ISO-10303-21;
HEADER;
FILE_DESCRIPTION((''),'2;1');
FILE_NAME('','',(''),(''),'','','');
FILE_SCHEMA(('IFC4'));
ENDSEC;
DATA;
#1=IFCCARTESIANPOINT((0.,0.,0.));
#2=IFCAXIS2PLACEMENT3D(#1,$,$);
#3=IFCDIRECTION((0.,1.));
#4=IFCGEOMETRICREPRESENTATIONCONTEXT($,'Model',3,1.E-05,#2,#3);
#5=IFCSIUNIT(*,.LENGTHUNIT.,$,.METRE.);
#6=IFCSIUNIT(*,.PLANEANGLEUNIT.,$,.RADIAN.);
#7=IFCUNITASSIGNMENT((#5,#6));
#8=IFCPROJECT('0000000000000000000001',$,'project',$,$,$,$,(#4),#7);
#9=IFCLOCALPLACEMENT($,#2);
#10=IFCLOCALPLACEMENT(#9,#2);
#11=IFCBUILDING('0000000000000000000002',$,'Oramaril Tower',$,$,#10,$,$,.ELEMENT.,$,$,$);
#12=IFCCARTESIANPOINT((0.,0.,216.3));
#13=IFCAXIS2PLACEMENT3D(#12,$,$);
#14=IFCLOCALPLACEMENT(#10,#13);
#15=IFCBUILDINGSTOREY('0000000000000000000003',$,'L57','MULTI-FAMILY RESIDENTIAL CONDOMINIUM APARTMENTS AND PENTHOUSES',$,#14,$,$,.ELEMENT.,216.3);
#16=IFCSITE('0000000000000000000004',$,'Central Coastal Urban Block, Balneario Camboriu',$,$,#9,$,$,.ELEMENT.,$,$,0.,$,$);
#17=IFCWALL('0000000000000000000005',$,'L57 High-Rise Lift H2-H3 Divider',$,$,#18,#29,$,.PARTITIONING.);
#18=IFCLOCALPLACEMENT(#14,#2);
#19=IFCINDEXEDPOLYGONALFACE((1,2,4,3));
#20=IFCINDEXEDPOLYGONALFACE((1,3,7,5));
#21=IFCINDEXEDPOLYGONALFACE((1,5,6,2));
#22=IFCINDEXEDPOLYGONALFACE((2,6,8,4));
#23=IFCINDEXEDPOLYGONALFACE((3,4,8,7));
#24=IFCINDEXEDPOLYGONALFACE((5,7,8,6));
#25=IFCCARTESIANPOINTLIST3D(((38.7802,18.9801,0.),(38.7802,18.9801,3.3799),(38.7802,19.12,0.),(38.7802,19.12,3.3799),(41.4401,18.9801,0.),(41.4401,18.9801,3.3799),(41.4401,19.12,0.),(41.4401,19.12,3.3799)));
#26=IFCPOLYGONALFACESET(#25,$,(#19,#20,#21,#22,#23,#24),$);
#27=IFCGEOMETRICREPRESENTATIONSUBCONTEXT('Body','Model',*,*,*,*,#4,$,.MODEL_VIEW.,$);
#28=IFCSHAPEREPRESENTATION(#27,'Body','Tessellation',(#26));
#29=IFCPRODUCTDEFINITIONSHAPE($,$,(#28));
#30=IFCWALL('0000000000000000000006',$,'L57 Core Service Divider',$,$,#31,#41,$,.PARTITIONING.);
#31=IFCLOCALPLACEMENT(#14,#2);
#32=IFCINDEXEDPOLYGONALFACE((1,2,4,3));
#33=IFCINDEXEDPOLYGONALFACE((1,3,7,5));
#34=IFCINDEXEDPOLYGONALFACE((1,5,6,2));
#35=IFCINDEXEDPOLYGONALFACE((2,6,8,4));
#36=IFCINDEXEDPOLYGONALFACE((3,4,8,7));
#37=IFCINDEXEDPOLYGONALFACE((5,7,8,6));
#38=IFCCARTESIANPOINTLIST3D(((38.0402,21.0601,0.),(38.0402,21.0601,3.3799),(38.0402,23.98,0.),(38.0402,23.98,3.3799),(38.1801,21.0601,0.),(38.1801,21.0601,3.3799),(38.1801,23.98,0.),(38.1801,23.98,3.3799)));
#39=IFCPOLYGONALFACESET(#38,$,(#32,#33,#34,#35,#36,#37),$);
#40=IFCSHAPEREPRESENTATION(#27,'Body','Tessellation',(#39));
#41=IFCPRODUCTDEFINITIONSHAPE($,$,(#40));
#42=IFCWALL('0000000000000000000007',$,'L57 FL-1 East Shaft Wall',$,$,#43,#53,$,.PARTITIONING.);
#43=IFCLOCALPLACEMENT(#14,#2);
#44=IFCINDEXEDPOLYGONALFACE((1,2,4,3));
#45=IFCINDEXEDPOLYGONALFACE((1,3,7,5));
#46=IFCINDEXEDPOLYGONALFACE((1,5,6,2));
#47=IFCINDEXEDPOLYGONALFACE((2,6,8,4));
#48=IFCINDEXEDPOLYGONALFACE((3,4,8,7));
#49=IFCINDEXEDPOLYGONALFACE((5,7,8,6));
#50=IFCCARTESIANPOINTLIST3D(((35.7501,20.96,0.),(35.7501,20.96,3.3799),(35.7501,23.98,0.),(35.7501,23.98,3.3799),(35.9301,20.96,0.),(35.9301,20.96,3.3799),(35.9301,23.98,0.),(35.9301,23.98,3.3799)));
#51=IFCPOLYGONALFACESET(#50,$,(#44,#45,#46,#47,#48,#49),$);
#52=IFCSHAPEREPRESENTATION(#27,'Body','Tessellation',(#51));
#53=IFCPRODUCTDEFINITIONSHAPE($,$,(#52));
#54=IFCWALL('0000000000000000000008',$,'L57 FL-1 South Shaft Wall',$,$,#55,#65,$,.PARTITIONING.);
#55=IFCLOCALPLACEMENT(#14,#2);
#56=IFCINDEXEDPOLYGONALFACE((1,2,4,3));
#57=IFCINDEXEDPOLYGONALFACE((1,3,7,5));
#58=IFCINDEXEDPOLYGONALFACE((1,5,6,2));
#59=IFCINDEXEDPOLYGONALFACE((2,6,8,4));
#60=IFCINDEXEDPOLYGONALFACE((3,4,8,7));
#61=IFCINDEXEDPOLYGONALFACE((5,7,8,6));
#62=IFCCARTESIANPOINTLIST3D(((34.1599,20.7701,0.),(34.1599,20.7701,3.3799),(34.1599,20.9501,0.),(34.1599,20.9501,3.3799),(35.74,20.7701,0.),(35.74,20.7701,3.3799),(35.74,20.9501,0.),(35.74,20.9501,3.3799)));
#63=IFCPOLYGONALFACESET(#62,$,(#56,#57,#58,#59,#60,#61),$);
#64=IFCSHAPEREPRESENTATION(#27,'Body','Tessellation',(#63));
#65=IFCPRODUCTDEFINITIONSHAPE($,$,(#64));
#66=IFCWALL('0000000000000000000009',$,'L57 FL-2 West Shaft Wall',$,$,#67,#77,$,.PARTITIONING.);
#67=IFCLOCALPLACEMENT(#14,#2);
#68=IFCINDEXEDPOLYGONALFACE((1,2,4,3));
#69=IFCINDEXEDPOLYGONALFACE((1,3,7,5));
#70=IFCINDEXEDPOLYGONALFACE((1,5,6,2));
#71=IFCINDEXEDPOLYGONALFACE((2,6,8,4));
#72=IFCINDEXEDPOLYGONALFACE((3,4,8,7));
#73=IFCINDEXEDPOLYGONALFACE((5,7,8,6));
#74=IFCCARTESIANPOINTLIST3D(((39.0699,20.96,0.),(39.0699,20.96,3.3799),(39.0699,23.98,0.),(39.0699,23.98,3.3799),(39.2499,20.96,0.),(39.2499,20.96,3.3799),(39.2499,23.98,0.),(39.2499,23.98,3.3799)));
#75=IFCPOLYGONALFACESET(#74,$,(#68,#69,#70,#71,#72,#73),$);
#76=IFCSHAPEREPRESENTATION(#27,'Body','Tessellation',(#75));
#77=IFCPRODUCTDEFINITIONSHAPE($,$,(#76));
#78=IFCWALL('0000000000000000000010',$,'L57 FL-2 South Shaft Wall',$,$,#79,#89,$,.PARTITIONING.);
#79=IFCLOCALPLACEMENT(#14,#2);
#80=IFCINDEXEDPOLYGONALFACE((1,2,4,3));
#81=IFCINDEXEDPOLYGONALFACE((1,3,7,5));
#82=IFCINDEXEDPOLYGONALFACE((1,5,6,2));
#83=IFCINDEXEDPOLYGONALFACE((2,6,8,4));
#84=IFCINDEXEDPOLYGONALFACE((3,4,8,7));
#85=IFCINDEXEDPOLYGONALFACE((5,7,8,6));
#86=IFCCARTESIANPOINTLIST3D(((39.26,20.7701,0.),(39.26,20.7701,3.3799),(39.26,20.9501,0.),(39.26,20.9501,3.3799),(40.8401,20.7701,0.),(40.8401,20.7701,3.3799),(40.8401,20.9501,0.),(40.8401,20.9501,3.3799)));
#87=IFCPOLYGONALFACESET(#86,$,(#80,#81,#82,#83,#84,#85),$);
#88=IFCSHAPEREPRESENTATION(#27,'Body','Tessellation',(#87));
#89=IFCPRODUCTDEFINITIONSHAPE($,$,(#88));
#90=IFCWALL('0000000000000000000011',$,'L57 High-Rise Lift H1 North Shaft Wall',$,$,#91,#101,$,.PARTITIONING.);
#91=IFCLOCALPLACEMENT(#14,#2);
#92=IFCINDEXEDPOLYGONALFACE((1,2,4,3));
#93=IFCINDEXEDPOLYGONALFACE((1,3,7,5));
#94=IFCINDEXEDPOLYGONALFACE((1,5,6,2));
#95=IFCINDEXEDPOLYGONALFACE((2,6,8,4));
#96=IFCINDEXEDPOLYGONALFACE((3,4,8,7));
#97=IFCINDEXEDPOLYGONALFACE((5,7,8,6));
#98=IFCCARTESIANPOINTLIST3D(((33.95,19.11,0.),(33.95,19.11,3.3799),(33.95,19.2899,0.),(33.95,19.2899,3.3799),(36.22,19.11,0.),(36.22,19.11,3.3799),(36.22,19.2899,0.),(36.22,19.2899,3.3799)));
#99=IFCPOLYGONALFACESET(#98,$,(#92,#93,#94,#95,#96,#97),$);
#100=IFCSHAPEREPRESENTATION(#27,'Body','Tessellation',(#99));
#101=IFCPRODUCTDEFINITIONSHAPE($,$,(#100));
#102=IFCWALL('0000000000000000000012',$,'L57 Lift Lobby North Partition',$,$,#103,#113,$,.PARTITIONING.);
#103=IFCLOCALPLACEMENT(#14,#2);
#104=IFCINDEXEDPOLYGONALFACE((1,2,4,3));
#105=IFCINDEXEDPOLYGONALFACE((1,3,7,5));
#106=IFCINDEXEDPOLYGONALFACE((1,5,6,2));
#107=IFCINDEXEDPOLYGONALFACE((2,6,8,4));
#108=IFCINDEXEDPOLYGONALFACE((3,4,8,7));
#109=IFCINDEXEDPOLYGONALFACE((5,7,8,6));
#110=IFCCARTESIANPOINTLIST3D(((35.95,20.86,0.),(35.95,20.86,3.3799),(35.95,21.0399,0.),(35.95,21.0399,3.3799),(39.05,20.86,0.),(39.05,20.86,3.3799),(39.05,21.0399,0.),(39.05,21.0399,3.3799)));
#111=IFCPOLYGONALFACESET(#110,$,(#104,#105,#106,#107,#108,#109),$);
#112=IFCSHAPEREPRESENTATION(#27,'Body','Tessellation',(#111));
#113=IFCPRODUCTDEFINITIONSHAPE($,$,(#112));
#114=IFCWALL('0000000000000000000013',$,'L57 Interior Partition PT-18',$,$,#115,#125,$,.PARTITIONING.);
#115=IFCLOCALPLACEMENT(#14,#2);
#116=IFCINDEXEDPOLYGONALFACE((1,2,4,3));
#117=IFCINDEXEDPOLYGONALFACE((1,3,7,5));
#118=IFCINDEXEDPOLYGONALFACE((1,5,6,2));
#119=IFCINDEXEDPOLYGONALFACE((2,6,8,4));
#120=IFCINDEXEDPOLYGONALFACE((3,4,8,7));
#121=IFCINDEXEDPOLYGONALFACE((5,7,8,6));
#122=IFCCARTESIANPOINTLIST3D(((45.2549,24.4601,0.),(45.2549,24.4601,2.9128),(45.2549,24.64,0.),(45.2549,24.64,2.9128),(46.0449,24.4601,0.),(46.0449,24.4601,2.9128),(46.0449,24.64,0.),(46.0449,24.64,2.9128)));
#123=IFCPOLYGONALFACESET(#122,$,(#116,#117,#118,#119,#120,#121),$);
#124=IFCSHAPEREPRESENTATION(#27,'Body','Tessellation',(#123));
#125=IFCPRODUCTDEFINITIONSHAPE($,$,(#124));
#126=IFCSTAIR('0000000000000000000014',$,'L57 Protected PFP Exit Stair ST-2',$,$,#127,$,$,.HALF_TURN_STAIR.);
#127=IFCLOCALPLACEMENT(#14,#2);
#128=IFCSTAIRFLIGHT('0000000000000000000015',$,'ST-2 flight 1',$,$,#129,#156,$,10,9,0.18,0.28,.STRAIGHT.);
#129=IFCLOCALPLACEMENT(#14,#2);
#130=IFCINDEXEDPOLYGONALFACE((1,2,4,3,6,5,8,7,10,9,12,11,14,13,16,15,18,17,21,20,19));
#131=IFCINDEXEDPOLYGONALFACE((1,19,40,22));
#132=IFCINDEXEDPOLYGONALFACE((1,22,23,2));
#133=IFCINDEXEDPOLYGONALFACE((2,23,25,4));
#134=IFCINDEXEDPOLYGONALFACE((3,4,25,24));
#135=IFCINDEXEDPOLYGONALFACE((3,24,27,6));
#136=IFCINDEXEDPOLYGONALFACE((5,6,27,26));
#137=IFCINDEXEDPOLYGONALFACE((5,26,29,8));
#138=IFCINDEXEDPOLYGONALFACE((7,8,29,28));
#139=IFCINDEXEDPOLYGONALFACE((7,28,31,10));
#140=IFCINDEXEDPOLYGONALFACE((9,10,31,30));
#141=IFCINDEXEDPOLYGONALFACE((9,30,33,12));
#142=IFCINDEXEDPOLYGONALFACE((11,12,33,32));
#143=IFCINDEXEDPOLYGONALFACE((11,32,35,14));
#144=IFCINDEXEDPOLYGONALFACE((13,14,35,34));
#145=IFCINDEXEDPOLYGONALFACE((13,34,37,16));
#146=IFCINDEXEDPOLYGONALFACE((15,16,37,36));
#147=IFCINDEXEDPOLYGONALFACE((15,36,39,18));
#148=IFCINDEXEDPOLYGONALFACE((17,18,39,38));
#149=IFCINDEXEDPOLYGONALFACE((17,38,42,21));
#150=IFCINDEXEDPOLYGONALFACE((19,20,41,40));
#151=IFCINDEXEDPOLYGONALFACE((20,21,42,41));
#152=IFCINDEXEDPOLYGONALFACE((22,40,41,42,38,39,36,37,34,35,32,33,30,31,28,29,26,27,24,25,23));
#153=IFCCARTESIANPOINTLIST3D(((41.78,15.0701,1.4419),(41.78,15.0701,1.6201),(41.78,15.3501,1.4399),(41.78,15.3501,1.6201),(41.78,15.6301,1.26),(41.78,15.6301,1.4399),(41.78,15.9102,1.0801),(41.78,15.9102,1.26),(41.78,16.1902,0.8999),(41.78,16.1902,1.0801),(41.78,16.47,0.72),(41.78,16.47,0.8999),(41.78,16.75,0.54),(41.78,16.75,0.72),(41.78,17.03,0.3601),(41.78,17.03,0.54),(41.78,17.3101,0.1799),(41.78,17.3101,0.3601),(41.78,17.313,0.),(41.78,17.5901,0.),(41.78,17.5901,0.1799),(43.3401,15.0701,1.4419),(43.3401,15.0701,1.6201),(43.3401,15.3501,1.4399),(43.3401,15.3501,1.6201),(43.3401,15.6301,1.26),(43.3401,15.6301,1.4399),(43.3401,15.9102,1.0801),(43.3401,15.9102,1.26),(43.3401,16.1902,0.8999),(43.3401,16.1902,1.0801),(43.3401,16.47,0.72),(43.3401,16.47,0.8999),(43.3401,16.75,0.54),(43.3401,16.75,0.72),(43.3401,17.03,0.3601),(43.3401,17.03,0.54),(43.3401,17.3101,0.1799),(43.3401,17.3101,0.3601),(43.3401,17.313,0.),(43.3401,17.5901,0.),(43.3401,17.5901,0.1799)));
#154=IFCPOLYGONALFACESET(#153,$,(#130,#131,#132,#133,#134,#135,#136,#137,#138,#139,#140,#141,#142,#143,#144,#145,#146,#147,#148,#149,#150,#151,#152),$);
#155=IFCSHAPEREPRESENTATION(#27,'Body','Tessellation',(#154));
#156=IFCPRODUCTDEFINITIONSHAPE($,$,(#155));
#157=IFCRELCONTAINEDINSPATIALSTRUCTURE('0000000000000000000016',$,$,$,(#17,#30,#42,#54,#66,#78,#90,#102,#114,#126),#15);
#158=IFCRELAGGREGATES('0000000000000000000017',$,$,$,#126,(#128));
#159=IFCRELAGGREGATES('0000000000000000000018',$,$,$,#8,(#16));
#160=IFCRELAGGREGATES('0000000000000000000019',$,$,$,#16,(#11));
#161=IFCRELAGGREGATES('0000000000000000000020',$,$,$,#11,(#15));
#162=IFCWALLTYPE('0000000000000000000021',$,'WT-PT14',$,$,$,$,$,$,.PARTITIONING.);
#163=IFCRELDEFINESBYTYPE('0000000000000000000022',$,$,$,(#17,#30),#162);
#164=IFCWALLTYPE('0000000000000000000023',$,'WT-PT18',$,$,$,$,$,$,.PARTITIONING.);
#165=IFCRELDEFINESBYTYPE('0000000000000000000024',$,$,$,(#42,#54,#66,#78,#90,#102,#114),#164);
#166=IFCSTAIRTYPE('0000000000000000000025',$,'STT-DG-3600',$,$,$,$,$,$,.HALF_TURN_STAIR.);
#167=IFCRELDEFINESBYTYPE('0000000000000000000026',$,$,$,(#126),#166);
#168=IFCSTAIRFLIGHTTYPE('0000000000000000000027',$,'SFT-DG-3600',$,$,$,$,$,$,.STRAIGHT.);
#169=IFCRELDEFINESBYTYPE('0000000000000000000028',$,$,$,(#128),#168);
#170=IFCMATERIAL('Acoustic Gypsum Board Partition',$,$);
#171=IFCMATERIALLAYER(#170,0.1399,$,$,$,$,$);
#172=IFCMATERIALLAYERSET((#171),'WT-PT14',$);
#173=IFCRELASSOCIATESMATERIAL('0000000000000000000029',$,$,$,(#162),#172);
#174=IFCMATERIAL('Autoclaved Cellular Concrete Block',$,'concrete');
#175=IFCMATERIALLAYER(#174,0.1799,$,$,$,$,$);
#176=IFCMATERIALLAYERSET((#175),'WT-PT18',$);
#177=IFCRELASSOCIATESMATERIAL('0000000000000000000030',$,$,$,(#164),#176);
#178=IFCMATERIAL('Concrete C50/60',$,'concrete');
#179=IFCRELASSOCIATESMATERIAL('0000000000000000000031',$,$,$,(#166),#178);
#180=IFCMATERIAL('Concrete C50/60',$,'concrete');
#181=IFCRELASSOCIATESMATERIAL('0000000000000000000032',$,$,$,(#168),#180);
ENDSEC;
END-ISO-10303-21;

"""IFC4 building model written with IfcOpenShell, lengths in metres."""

from ifc_helpers import new_model, si_unit, direction, frame, frame_2d, origin, place, context, subcontext, project, spatial, polyline, rectangle, outline, extrude, material, layer, layer_set, type_object, element, aggregate, save


model = new_model("IFC4")

# Units and contexts
model_context = context("Model", 3, precision=1e-05, world=origin(), true_north=direction((0.0, 1.0)))
body_context = subcontext(model_context, "Body", "Model", "MODEL_VIEW")
ifc_project = project(units=[si_unit("LENGTHUNIT", "METRE"), si_unit("PLANEANGLEUNIT", "RADIAN")], contexts=[model_context])

# Site, building, storey
site_placement = place(None, origin())
site = spatial("IfcSite", under=ifc_project, at=site_placement, Name="Central Coastal Urban Block, Balneario Camboriu", CompositionType="ELEMENT", RefElevation=0.0)
building_placement = place(site_placement, origin())
building = spatial("IfcBuilding", under=site, at=building_placement, Name="Oramaril Tower", CompositionType="ELEMENT")
storey_placement = place(building_placement, frame((0.0, 0.0, 216.3)))
storey = spatial("IfcBuildingStorey", under=building, at=storey_placement, Name="L57", Description="MULTI-FAMILY RESIDENTIAL CONDOMINIUM APARTMENTS AND PENTHOUSES", CompositionType="ELEMENT", Elevation=216.3)

# Walls
ifc_material_1 = material(Name="Acoustic Gypsum Board Partition")
ifc_layer_1 = layer(ifc_material_1, 0.1399)
ifc_layer_set_1 = layer_set([ifc_layer_1], Name="WT-PT14")
wall_type_1 = type_object("IfcWallType", Name="WT-PT14", PredefinedType="PARTITIONING", material=ifc_layer_set_1)
wall_1_placement = place(storey_placement, frame((38.78, 19.05, 0.0), z_axis=(0.0, 0.0, 1.0), x_axis=(1.0, 0.0, 0.0)))
element("IfcWall", 1, at=wall_1_placement, inside=storey, type_object=wall_type_1, Name="L57 High-Rise Lift H2-H3 Divider", PredefinedType="PARTITIONING", context=body_context, shape_type="SweptSolid", body=[
    extrude(rectangle(XDim=2.6599, YDim=0.1399, at=frame_2d((1.3301, 0.0))), origin(), (0.0, 0.0, 1.0), 3.3799),
])
wall_2_placement = place(storey_placement, frame((38.1101, 21.0601, 0.0), z_axis=(0.0, 0.0, 1.0), x_axis=(0.0, 1.0, 0.0)))
element("IfcWall", 2, at=wall_2_placement, inside=storey, type_object=wall_type_1, Name="L57 Core Service Divider", PredefinedType="PARTITIONING", context=body_context, shape_type="SweptSolid", body=[
    extrude(rectangle(XDim=2.9199, YDim=0.1399, at=frame_2d((1.46, 0.0))), origin(), (0.0, 0.0, 1.0), 3.3799),
])
ifc_material_2 = material(Name="Autoclaved Cellular Concrete Block", Category="concrete")
ifc_layer_2 = layer(ifc_material_2, 0.1799)
ifc_layer_set_2 = layer_set([ifc_layer_2], Name="WT-PT18")
wall_type_2 = type_object("IfcWallType", Name="WT-PT18", PredefinedType="PARTITIONING", material=ifc_layer_set_2)
wall_3_placement = place(storey_placement, frame((35.8401, 20.96, 0.0), z_axis=(0.0, 0.0, 1.0), x_axis=(0.0, 1.0, 0.0)))
element("IfcWall", 3, at=wall_3_placement, inside=storey, type_object=wall_type_2, Name="L57 FL-1 East Shaft Wall", PredefinedType="PARTITIONING", context=body_context, shape_type="SweptSolid", body=[
    extrude(rectangle(XDim=3.02, YDim=0.1799, at=frame_2d((1.51, 0.0))), origin(), (0.0, 0.0, 1.0), 3.3799),
])
wall_4_placement = place(storey_placement, frame((34.1599, 20.8601, 0.0), z_axis=(0.0, 0.0, 1.0), x_axis=(1.0, 0.0, 0.0)))
element("IfcWall", 4, at=wall_4_placement, inside=storey, type_object=wall_type_2, Name="L57 FL-1 South Shaft Wall", PredefinedType="PARTITIONING", context=body_context, shape_type="SweptSolid", body=[
    extrude(rectangle(XDim=1.5801, YDim=0.1799, at=frame_2d((0.79, 0.0))), origin(), (0.0, 0.0, 1.0), 3.3799),
])
wall_5_placement = place(storey_placement, frame((39.1599, 20.96, 0.0), z_axis=(0.0, 0.0, 1.0), x_axis=(0.0, 1.0, 0.0)))
element("IfcWall", 5, at=wall_5_placement, inside=storey, type_object=wall_type_2, Name="L57 FL-2 West Shaft Wall", PredefinedType="PARTITIONING", context=body_context, shape_type="SweptSolid", body=[
    extrude(rectangle(XDim=3.02, YDim=0.1799, at=frame_2d((1.51, 0.0))), origin(), (0.0, 0.0, 1.0), 3.3799),
])
wall_6_placement = place(storey_placement, frame((39.26, 20.8601, 0.0), z_axis=(0.0, 0.0, 1.0), x_axis=(1.0, 0.0, 0.0)))
element("IfcWall", 6, at=wall_6_placement, inside=storey, type_object=wall_type_2, Name="L57 FL-2 South Shaft Wall", PredefinedType="PARTITIONING", context=body_context, shape_type="SweptSolid", body=[
    extrude(rectangle(XDim=1.5801, YDim=0.1799, at=frame_2d((0.79, 0.0))), origin(), (0.0, 0.0, 1.0), 3.3799),
])
wall_7_placement = place(storey_placement, frame((33.95, 19.2, 0.0), z_axis=(0.0, 0.0, 1.0), x_axis=(1.0, 0.0, 0.0)))
element("IfcWall", 7, at=wall_7_placement, inside=storey, type_object=wall_type_2, Name="L57 High-Rise Lift H1 North Shaft Wall", PredefinedType="PARTITIONING", context=body_context, shape_type="SweptSolid", body=[
    extrude(rectangle(XDim=2.27, YDim=0.1799, at=frame_2d((1.135, 0.0))), origin(), (0.0, 0.0, 1.0), 3.3799),
])
wall_8_placement = place(storey_placement, frame((35.95, 20.95, 0.0), z_axis=(0.0, 0.0, 1.0), x_axis=(1.0, 0.0, 0.0)))
element("IfcWall", 8, at=wall_8_placement, inside=storey, type_object=wall_type_2, Name="L57 Lift Lobby North Partition", PredefinedType="PARTITIONING", context=body_context, shape_type="SweptSolid", body=[
    extrude(rectangle(XDim=3.1001, YDim=0.1799, at=frame_2d((1.55, 0.0))), origin(), (0.0, 0.0, 1.0), 3.3799),
])
wall_9_placement = place(storey_placement, frame((45.2549, 24.55, 0.0), z_axis=(0.0, 0.0, 1.0), x_axis=(1.0, 0.0, 0.0)))
element("IfcWall", 9, at=wall_9_placement, inside=storey, type_object=wall_type_2, Name="L57 Interior Partition PT-18", PredefinedType="PARTITIONING", context=body_context, shape_type="SweptSolid", body=[
    extrude(rectangle(XDim=0.79, YDim=0.1799, at=frame_2d((0.395, 0.0))), origin(), (0.0, 0.0, 1.0), 2.9128),
])

# Stair, stair flight
ifc_material_3 = material(Name="Concrete C50/60", Category="concrete")
stair_type = type_object("IfcStairType", Name="STT-DG-3600", PredefinedType="HALF_TURN_STAIR", material=ifc_material_3)
stair_placement = place(storey_placement, origin())
stair = element("IfcStair", 10, at=stair_placement, inside=storey, type_object=stair_type, Name="L57 Protected PFP Exit Stair ST-2", PredefinedType="HALF_TURN_STAIR")
ifc_material_4 = material(Name="Concrete C50/60", Category="concrete")
stair_flight_type = type_object("IfcStairFlightType", Name="SFT-DG-3600", PredefinedType="STRAIGHT", material=ifc_material_4)
stair_flight_placement = place(storey_placement, frame((42.5601, 17.5901, 0.0), z_axis=(0.0, 0.0, 1.0), x_axis=(0.0, -1.0, 0.0)))
stair_flight = element("IfcStairFlight", 11, at=stair_flight_placement, type_object=stair_flight_type, Name="ST-2 flight 1", NumberOfRisers=10, NumberOfTreads=9, PredefinedType="STRAIGHT", RiserHeight=0.18, TreadLength=0.28, context=body_context, shape_type="SweptSolid", body=[
    extrude(outline(polyline([(0.0, 0.0), (0.0, 0.1799), (0.28, 0.1799), (0.28, 0.3601), (0.5601, 0.3601), (0.5601, 0.54), (0.8401, 0.54), (0.8401, 0.72), (1.1201, 0.72), (1.1201, 0.8999), (1.3999, 0.8999), (1.3999, 1.0801), (1.6799, 1.0801), (1.6799, 1.26), (1.96, 1.26), (1.96, 1.4399), (2.24, 1.4399), (2.24, 1.6201), (2.52, 1.6201), (2.52, 1.8), (2.52, 1.4419), (0.2771, 0.0), (0.0, 0.0)])), frame((0.0, 0.78, 0.0), z_axis=(0.0, -1.0, 0.0), x_axis=(1.0, 0.0, 0.0)), (0.0, 0.0, 1.0), 1.5601),
])
aggregate(stair, [stair_flight])

save(model, "model.ifc")
